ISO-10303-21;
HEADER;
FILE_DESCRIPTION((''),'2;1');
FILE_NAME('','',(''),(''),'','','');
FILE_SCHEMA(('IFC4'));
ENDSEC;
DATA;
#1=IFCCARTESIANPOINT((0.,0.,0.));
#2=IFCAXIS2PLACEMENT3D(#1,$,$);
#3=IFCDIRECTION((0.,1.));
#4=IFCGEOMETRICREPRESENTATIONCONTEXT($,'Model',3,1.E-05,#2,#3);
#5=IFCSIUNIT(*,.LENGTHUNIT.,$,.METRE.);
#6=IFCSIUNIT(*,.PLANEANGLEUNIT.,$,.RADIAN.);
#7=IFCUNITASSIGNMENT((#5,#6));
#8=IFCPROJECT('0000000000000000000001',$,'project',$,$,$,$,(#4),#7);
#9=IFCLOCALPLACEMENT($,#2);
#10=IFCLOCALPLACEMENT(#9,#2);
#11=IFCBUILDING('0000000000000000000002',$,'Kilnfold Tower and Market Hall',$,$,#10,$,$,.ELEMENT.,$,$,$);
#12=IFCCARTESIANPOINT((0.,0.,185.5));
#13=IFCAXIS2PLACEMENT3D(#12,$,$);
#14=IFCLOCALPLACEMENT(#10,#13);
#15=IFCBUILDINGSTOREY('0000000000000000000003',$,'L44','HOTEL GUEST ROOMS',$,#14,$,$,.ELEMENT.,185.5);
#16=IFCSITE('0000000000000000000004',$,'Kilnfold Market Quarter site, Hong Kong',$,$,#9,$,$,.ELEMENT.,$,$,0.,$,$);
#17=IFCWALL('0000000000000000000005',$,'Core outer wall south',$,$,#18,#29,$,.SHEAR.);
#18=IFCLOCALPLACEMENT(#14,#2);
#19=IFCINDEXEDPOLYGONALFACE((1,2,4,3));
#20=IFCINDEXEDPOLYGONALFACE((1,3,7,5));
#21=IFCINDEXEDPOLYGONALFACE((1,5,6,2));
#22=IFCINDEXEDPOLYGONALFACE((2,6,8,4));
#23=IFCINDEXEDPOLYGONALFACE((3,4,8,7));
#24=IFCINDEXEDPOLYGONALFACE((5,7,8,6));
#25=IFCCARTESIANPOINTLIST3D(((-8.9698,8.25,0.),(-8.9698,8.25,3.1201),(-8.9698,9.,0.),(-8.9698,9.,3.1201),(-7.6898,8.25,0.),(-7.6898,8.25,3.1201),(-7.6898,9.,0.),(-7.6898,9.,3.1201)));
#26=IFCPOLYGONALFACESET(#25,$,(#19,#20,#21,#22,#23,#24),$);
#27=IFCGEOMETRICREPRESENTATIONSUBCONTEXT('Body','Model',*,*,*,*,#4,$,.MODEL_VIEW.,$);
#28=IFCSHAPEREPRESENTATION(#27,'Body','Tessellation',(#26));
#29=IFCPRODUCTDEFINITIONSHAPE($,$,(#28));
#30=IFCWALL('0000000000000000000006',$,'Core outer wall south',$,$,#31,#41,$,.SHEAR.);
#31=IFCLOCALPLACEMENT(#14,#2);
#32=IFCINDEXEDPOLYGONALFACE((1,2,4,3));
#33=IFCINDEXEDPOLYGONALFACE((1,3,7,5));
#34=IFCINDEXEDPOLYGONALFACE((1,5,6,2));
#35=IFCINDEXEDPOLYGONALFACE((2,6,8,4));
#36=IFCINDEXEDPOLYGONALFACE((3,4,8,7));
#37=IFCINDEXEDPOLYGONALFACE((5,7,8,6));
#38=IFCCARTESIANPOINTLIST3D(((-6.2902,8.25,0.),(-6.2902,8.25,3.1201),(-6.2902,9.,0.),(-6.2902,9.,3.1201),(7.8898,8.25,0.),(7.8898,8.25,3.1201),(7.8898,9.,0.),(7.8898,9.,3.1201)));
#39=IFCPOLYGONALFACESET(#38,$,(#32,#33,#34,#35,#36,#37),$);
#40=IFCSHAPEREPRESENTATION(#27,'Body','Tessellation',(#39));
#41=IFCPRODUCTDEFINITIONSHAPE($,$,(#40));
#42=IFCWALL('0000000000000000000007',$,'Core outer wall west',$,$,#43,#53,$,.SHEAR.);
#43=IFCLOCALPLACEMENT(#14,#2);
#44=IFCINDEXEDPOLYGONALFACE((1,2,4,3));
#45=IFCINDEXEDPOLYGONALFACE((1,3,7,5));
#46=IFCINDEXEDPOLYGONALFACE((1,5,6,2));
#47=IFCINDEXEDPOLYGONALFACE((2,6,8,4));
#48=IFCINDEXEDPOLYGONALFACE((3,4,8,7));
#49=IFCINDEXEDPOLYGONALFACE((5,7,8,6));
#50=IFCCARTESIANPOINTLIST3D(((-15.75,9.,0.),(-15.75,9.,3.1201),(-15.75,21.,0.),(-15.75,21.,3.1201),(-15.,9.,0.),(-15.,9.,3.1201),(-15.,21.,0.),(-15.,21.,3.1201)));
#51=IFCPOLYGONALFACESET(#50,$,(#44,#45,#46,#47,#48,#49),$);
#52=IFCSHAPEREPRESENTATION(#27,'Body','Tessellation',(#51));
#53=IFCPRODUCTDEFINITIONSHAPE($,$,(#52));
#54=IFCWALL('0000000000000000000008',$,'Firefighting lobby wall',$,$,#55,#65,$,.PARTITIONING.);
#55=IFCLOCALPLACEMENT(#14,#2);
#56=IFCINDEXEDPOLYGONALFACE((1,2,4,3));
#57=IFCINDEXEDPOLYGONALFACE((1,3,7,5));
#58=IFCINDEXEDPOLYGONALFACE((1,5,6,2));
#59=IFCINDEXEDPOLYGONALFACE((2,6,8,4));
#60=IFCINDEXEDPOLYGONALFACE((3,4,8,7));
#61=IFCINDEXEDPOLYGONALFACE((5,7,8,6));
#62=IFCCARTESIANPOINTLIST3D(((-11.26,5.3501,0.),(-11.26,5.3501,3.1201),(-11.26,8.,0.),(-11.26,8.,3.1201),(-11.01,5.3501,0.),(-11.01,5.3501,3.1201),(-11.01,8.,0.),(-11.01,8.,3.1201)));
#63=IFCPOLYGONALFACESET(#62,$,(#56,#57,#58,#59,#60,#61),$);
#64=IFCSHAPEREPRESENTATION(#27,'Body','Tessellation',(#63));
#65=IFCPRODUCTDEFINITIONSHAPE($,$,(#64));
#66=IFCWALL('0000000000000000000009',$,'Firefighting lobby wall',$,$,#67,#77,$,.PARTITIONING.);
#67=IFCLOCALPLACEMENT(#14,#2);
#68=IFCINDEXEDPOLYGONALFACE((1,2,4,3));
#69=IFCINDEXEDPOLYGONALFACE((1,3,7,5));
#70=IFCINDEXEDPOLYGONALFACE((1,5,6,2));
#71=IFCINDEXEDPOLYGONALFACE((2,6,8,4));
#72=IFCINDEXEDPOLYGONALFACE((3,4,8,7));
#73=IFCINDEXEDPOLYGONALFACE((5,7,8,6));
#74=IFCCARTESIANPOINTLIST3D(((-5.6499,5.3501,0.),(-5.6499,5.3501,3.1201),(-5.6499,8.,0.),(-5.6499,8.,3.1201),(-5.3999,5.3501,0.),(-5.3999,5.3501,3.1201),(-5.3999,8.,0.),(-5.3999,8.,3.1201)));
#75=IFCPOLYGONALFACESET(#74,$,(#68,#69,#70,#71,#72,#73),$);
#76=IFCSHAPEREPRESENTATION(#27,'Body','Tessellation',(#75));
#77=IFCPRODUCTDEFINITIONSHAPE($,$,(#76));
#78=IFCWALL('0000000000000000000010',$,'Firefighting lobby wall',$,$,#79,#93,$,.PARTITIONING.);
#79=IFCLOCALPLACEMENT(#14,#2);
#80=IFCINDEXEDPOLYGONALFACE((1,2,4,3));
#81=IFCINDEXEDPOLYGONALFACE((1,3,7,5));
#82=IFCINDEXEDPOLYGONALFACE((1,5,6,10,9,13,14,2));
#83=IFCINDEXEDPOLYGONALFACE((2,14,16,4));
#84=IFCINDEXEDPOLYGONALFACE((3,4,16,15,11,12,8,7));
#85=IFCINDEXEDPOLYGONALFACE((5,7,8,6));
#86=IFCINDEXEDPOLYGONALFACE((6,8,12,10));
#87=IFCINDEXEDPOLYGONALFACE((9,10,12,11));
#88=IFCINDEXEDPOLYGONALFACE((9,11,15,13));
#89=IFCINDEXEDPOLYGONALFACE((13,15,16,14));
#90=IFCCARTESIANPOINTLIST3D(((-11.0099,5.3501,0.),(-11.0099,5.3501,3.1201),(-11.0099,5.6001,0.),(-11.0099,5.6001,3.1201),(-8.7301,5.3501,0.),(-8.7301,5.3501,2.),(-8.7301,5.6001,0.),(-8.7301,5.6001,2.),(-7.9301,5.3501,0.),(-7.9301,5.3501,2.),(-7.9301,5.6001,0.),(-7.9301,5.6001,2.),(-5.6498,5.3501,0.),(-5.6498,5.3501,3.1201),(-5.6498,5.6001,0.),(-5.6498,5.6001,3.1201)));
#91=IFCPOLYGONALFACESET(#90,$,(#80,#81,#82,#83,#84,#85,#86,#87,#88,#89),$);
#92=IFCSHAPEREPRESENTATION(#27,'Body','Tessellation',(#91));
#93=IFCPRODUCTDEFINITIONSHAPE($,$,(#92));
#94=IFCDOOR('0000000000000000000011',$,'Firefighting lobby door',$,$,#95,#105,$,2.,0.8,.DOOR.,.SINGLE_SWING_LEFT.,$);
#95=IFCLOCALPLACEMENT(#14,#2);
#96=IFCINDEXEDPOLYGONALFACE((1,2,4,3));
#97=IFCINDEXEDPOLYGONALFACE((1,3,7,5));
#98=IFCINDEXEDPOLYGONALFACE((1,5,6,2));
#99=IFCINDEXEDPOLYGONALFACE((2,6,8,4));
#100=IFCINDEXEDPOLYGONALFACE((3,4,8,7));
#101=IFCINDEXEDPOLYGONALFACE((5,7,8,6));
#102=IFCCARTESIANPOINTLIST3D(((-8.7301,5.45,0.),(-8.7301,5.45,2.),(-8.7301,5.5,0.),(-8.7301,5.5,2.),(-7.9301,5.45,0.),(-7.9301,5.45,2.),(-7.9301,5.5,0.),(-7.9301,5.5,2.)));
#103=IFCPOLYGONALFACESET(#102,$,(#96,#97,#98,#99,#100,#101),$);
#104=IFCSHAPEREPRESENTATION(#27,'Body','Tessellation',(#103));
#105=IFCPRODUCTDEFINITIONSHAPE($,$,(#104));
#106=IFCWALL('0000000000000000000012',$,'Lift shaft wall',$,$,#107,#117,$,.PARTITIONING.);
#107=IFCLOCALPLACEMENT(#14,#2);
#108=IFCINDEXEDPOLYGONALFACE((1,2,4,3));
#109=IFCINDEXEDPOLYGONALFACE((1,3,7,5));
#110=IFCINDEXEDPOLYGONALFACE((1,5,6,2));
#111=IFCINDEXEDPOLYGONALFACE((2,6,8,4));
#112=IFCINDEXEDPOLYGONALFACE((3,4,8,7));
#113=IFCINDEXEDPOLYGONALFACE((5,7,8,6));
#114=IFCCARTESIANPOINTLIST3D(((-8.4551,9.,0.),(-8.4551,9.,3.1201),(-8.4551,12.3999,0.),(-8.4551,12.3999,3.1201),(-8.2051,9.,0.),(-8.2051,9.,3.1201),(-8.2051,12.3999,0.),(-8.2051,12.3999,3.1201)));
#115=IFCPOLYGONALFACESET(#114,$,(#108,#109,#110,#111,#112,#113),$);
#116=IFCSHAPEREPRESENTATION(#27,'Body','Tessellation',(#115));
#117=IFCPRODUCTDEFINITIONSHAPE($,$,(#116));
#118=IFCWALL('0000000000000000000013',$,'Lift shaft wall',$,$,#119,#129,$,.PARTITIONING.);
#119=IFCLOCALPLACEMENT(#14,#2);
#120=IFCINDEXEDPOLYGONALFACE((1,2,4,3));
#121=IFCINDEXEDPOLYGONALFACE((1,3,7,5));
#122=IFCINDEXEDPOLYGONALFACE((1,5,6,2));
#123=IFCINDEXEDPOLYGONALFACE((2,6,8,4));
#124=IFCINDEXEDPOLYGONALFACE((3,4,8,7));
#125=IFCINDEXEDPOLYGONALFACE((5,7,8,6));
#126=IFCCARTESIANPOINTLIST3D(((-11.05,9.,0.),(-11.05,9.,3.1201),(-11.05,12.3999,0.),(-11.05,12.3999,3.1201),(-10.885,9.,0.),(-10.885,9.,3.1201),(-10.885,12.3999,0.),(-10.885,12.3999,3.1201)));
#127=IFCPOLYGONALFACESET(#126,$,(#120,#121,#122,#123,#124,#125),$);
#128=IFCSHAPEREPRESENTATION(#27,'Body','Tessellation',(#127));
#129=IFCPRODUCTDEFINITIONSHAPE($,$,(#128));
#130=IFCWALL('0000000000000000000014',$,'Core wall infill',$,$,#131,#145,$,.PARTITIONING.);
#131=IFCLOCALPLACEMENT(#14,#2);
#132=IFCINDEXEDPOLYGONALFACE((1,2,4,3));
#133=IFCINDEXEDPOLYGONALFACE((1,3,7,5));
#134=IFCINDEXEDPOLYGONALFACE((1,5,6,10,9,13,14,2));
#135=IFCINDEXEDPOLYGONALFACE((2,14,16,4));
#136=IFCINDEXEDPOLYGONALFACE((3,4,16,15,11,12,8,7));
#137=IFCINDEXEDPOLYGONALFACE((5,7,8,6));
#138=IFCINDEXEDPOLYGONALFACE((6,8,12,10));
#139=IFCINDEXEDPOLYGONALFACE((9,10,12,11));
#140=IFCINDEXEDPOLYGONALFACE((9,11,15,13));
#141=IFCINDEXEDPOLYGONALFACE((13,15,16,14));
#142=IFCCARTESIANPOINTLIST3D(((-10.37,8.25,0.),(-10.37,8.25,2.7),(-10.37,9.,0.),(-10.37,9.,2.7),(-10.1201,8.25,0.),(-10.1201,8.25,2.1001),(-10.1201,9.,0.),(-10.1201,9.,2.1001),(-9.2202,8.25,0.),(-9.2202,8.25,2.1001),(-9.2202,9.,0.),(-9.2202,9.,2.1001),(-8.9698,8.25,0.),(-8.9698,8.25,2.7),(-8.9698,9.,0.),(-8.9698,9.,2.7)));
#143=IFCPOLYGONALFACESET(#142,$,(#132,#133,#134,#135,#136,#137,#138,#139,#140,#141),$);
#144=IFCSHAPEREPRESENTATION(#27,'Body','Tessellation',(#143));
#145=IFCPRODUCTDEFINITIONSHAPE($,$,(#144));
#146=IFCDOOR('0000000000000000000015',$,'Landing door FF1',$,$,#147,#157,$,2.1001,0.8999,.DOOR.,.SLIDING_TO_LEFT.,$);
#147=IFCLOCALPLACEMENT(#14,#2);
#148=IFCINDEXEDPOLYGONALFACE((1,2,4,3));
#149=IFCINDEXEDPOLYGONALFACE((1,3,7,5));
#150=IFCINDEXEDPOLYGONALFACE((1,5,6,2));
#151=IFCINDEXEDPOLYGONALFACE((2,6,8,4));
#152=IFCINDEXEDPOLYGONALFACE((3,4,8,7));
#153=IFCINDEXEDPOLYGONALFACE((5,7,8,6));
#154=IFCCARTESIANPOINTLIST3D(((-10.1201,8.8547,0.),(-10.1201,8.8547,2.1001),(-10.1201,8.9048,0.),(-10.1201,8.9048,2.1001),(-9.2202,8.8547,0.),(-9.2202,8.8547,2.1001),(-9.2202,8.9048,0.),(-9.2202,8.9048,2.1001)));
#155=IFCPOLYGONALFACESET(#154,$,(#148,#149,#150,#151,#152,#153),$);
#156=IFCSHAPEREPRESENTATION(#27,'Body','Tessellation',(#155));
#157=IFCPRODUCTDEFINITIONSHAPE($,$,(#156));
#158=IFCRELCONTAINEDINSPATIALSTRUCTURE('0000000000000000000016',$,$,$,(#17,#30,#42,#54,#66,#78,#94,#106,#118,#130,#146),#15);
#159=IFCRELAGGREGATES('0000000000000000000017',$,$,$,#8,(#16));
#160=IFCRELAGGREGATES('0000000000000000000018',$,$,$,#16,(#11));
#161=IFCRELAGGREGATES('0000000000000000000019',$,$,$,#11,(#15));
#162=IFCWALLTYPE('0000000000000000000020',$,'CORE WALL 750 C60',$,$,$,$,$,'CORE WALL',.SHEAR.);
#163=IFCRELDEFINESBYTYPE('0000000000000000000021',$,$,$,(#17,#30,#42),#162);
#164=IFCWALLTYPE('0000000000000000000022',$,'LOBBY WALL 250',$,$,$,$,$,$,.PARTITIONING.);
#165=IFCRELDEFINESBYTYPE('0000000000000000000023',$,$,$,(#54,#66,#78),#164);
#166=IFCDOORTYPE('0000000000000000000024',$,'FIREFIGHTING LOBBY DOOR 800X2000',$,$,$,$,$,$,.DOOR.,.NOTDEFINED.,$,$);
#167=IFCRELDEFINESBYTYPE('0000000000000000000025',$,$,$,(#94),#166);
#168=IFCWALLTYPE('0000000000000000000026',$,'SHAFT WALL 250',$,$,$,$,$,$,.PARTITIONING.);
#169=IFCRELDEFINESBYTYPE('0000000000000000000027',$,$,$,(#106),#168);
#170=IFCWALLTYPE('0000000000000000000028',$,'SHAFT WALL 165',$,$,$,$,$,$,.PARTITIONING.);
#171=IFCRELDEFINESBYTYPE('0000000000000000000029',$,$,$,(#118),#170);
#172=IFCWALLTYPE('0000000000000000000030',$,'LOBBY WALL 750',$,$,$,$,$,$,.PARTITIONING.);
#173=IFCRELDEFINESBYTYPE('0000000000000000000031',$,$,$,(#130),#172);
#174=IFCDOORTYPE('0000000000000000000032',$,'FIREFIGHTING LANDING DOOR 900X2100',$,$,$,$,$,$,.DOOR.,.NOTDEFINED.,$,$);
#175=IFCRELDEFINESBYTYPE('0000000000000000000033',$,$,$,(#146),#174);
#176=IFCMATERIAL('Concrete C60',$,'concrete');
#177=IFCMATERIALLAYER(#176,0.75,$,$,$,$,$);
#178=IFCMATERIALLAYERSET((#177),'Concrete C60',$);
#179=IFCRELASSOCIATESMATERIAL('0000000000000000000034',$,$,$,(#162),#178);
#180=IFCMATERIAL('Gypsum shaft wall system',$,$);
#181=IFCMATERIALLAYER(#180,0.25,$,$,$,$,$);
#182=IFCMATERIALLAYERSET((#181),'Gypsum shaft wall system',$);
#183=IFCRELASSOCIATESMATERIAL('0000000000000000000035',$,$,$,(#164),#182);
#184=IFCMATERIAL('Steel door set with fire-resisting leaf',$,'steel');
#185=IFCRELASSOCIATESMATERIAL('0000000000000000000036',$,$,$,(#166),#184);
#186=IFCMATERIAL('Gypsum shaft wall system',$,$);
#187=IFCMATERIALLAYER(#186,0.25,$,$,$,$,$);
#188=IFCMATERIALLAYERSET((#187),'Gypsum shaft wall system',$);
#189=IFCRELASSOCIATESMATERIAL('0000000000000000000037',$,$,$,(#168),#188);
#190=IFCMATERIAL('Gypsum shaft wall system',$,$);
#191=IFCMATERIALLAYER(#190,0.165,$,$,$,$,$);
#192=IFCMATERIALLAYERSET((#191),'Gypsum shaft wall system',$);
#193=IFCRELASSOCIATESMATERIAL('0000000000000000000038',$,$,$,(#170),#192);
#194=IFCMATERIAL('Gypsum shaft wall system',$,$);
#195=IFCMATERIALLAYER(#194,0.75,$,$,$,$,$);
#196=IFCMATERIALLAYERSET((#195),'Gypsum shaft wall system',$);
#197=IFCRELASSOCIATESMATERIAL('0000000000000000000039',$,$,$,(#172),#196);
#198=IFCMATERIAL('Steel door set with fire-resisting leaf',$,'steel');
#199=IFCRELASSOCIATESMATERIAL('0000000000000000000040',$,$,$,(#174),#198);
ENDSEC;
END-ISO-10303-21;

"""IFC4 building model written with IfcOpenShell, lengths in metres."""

from ifc_helpers import new_model, si_unit, direction, frame, frame_2d, origin, place, context, subcontext, project, spatial, rectangle, extrude, source, transform, mapped, material, layer, layer_set, type_object, element, fill, save


model = new_model("IFC4")

# Units and contexts
model_context = context("Model", 3, precision=1e-05, world=origin(), true_north=direction((0.0, 1.0)))
body_context = subcontext(model_context, "Body", "Model", "MODEL_VIEW")
ifc_project = project(units=[si_unit("LENGTHUNIT", "METRE"), si_unit("PLANEANGLEUNIT", "RADIAN")], contexts=[model_context])

# Site, building, storey
site_placement = place(None, origin())
site = spatial("IfcSite", under=ifc_project, at=site_placement, Name="Kilnfold Market Quarter site, Hong Kong", CompositionType="ELEMENT", RefElevation=0.0)
building_placement = place(site_placement, origin())
building = spatial("IfcBuilding", under=site, at=building_placement, Name="Kilnfold Tower and Market Hall", CompositionType="ELEMENT")
storey_placement = place(building_placement, frame((0.0, 0.0, 185.5)))
storey = spatial("IfcBuildingStorey", under=building, at=storey_placement, Name="L44", Description="HOTEL GUEST ROOMS", CompositionType="ELEMENT", Elevation=185.5)

# Shared definitions
ifc_material_1 = material(Name="Concrete C60", Category="concrete")
ifc_layer_1 = layer(ifc_material_1, 0.75)
ifc_layer_set_1 = layer_set([ifc_layer_1], Name="Concrete C60")
wall_type_1 = type_object("IfcWallType", Name="CORE WALL 750 C60", ElementType="CORE WALL", PredefinedType="SHEAR", material=ifc_layer_set_1)

# Walls
shared_shape_1 = source(origin(), body_context, "Body", "SweptSolid", [
    extrude(rectangle(XDim=1.28, YDim=0.75, at=frame_2d((0.6401, 0.0))), origin(), (0.0, 0.0, 1.0), 3.1201),
])
wall_1_placement = place(storey_placement, frame((-8.97, 8.625, 0.0), z_axis=(0.0, 0.0, 1.0), x_axis=(1.0, 0.0, 0.0)))
element("IfcWall", 1, at=wall_1_placement, inside=storey, type_object=wall_type_1, Name="Core outer wall south", PredefinedType="SHEAR", context=body_context, shape_type="MappedRepresentation", body=[
    mapped(shared_shape_1, transform((0.0, 0.0, 0.0))),
])
shared_shape_2 = source(origin(), body_context, "Body", "SweptSolid", [
    extrude(rectangle(XDim=14.1799, YDim=0.75, at=frame_2d((7.0898, 0.0))), origin(), (0.0, 0.0, 1.0), 3.1201),
])
wall_2_placement = place(storey_placement, frame((-6.29, 8.625, 0.0), z_axis=(0.0, 0.0, 1.0), x_axis=(1.0, 0.0, 0.0)))
element("IfcWall", 2, at=wall_2_placement, inside=storey, type_object=wall_type_1, Name="Core outer wall south", PredefinedType="SHEAR", context=body_context, shape_type="MappedRepresentation", body=[
    mapped(shared_shape_2, transform((0.0, 0.0, 0.0))),
])
shared_shape_3 = source(origin(), body_context, "Body", "SweptSolid", [
    extrude(rectangle(XDim=12.0, YDim=0.75, at=frame_2d((6.0, 0.0))), origin(), (0.0, 0.0, 1.0), 3.1201),
])
wall_3_placement = place(storey_placement, frame((-15.375, 9.0, 0.0), z_axis=(0.0, 0.0, 1.0), x_axis=(0.0, 1.0, 0.0)))
element("IfcWall", 3, at=wall_3_placement, inside=storey, type_object=wall_type_1, Name="Core outer wall west", PredefinedType="SHEAR", context=body_context, shape_type="MappedRepresentation", body=[
    mapped(shared_shape_3, transform((0.0, 0.0, 0.0))),
])
ifc_material_2 = material(Name="Gypsum shaft wall system")
ifc_layer_2 = layer(ifc_material_2, 0.25)
ifc_layer_set_2 = layer_set([ifc_layer_2], Name="Gypsum shaft wall system")
wall_type_2 = type_object("IfcWallType", Name="LOBBY WALL 250", PredefinedType="PARTITIONING", material=ifc_layer_set_2)
shared_shape_4 = source(origin(), body_context, "Body", "SweptSolid", [
    extrude(rectangle(XDim=2.6499, YDim=0.25, at=frame_2d((1.325, 0.0))), origin(), (0.0, 0.0, 1.0), 3.1201),
])
for number, where, z_axis, x_axis, name in (
    (4, (-11.135, 5.3501, 0.0), (0.0, 0.0, 1.0), (0.0, 1.0, 0.0), "Firefighting lobby wall"),
    (5, (-5.5249, 5.3501, 0.0), (0.0, 0.0, 1.0), (0.0, 1.0, 0.0), "Firefighting lobby wall"),
):
    element("IfcWall", number, at=place(storey_placement, frame(where, z_axis=z_axis, x_axis=x_axis)), inside=storey, type_object=wall_type_2, Name=name, PredefinedType="PARTITIONING", context=body_context, shape_type="MappedRepresentation", body=[
        mapped(shared_shape_4, transform((0.0, 0.0, 0.0))),
    ])

# Wall, opening, door
shared_shape_5 = source(origin(), body_context, "Body", "SweptSolid", [
    extrude(rectangle(XDim=5.3601, YDim=0.25, at=frame_2d((2.6802, 0.0))), origin(), (0.0, 0.0, 1.0), 3.1201),
])
wall_4_placement = place(storey_placement, frame((-11.01, 5.4751, 0.0), z_axis=(0.0, 0.0, 1.0), x_axis=(1.0, 0.0, 0.0)))
wall_4 = element("IfcWall", 6, at=wall_4_placement, inside=storey, type_object=wall_type_2, Name="Firefighting lobby wall", PredefinedType="PARTITIONING", context=body_context, shape_type="MappedRepresentation", body=[
    mapped(shared_shape_5, transform((0.0, 0.0, 0.0))),
])
opening_1_placement = place(wall_4_placement, frame((2.28, 0.0, 0.0)))
opening_1 = element("IfcOpeningElement", 7, at=opening_1_placement, cuts=wall_4, PredefinedType="OPENING", context=body_context, shape_type="SweptSolid", body=[
    extrude(rectangle(XDim=0.8, YDim=2.0, at=frame_2d((0.3999, 1.0))), frame((0.0, 0.135, 0.0), z_axis=(0.0, -1.0, 0.0), x_axis=(1.0, 0.0, 0.0)), (0.0, 0.0, 1.0), 0.27),
])
ifc_material_3 = material(Name="Steel door set with fire-resisting leaf", Category="steel")
door_type_1 = type_object("IfcDoorType", Name="FIREFIGHTING LOBBY DOOR 800X2000", OperationType="NOTDEFINED", PredefinedType="DOOR", material=ifc_material_3)
door_1_placement = place(opening_1_placement, origin())
door_1 = element("IfcDoor", 8, at=door_1_placement, inside=storey, type_object=door_type_1, Name="Firefighting lobby door", OperationType="SINGLE_SWING_LEFT", OverallHeight=2.0, OverallWidth=0.8, PredefinedType="DOOR", context=body_context, shape_type="SweptSolid", body=[
    extrude(rectangle(XDim=0.8, YDim=2.0, at=frame_2d((0.3999, 1.0))), frame((0.0, 0.0249, 0.0), z_axis=(0.0, -1.0, 0.0), x_axis=(1.0, 0.0, 0.0)), (0.0, 0.0, 1.0), 0.05),
])
fill(opening_1, door_1)

# Walls
ifc_material_4 = material(Name="Gypsum shaft wall system")
ifc_layer_3 = layer(ifc_material_4, 0.25)
ifc_layer_set_3 = layer_set([ifc_layer_3], Name="Gypsum shaft wall system")
wall_type_3 = type_object("IfcWallType", Name="SHAFT WALL 250", PredefinedType="PARTITIONING", material=ifc_layer_set_3)
shared_shape_6 = source(origin(), body_context, "Body", "SweptSolid", [
    extrude(rectangle(XDim=3.3999, YDim=0.25, at=frame_2d((1.7, 0.0))), origin(), (0.0, 0.0, 1.0), 3.1201),
])
wall_5_placement = place(storey_placement, frame((-8.3301, 9.0, 0.0), z_axis=(0.0, 0.0, 1.0), x_axis=(0.0, 1.0, 0.0)))
element("IfcWall", 9, at=wall_5_placement, inside=storey, type_object=wall_type_3, Name="Lift shaft wall", PredefinedType="PARTITIONING", context=body_context, shape_type="MappedRepresentation", body=[
    mapped(shared_shape_6, transform((0.0, 0.0, 0.0))),
])
ifc_material_5 = material(Name="Gypsum shaft wall system")
ifc_layer_4 = layer(ifc_material_5, 0.165)
ifc_layer_set_4 = layer_set([ifc_layer_4], Name="Gypsum shaft wall system")
wall_type_4 = type_object("IfcWallType", Name="SHAFT WALL 165", PredefinedType="PARTITIONING", material=ifc_layer_set_4)
shared_shape_7 = source(origin(), body_context, "Body", "SweptSolid", [
    extrude(rectangle(XDim=3.3999, YDim=0.165, at=frame_2d((1.7, 0.0))), origin(), (0.0, 0.0, 1.0), 3.1201),
])
wall_6_placement = place(storey_placement, frame((-10.9675, 9.0, 0.0), z_axis=(0.0, 0.0, 1.0), x_axis=(0.0, 1.0, 0.0)))
element("IfcWall", 10, at=wall_6_placement, inside=storey, type_object=wall_type_4, Name="Lift shaft wall", PredefinedType="PARTITIONING", context=body_context, shape_type="MappedRepresentation", body=[
    mapped(shared_shape_7, transform((0.0, 0.0, 0.0))),
])

# Wall, opening, door
ifc_material_6 = material(Name="Gypsum shaft wall system")
ifc_layer_5 = layer(ifc_material_6, 0.75)
ifc_layer_set_5 = layer_set([ifc_layer_5], Name="Gypsum shaft wall system")
wall_type_5 = type_object("IfcWallType", Name="LOBBY WALL 750", PredefinedType="PARTITIONING", material=ifc_layer_set_5)
shared_shape_8 = source(origin(), body_context, "Body", "SweptSolid", [
    extrude(rectangle(XDim=1.4001, YDim=0.75, at=frame_2d((0.7002, 0.0))), origin(), (0.0, 0.0, 1.0), 2.7),
])
wall_7_placement = place(storey_placement, frame((-10.3701, 8.625, 0.0), z_axis=(0.0, 0.0, 1.0), x_axis=(1.0, 0.0, 0.0)))
wall_7 = element("IfcWall", 11, at=wall_7_placement, inside=storey, type_object=wall_type_5, Name="Core wall infill", PredefinedType="PARTITIONING", context=body_context, shape_type="MappedRepresentation", body=[
    mapped(shared_shape_8, transform((0.0, 0.0, 0.0))),
])
opening_2_placement = place(wall_7_placement, frame((0.25, 0.0, 0.0)))
opening_2 = element("IfcOpeningElement", 12, at=opening_2_placement, cuts=wall_7, PredefinedType="OPENING", context=body_context, shape_type="SweptSolid", body=[
    extrude(rectangle(XDim=0.8999, YDim=2.1001, at=frame_2d((0.45, 1.05))), frame((0.0, 0.385, 0.0), z_axis=(0.0, -1.0, 0.0), x_axis=(1.0, 0.0, 0.0)), (0.0, 0.0, 1.0), 0.77),
])
ifc_material_7 = material(Name="Steel door set with fire-resisting leaf", Category="steel")
door_type_2 = type_object("IfcDoorType", Name="FIREFIGHTING LANDING DOOR 900X2100", OperationType="NOTDEFINED", PredefinedType="DOOR", material=ifc_material_7)
door_2_placement = place(opening_2_placement, origin())
door_2 = element("IfcDoor", 13, at=door_2_placement, inside=storey, type_object=door_type_2, Name="Landing door FF1", OperationType="SLIDING_TO_LEFT", OverallHeight=2.1001, OverallWidth=0.8999, PredefinedType="DOOR", context=body_context, shape_type="SweptSolid", body=[
    extrude(rectangle(XDim=0.8999, YDim=2.1001, at=frame_2d((0.45, 1.05))), frame((0.0, 0.2798, 0.0), z_axis=(0.0, -1.0, 0.0), x_axis=(1.0, 0.0, 0.0)), (0.0, 0.0, 1.0), 0.05),
])
fill(opening_2, door_2)

save(model, "model.ifc")
